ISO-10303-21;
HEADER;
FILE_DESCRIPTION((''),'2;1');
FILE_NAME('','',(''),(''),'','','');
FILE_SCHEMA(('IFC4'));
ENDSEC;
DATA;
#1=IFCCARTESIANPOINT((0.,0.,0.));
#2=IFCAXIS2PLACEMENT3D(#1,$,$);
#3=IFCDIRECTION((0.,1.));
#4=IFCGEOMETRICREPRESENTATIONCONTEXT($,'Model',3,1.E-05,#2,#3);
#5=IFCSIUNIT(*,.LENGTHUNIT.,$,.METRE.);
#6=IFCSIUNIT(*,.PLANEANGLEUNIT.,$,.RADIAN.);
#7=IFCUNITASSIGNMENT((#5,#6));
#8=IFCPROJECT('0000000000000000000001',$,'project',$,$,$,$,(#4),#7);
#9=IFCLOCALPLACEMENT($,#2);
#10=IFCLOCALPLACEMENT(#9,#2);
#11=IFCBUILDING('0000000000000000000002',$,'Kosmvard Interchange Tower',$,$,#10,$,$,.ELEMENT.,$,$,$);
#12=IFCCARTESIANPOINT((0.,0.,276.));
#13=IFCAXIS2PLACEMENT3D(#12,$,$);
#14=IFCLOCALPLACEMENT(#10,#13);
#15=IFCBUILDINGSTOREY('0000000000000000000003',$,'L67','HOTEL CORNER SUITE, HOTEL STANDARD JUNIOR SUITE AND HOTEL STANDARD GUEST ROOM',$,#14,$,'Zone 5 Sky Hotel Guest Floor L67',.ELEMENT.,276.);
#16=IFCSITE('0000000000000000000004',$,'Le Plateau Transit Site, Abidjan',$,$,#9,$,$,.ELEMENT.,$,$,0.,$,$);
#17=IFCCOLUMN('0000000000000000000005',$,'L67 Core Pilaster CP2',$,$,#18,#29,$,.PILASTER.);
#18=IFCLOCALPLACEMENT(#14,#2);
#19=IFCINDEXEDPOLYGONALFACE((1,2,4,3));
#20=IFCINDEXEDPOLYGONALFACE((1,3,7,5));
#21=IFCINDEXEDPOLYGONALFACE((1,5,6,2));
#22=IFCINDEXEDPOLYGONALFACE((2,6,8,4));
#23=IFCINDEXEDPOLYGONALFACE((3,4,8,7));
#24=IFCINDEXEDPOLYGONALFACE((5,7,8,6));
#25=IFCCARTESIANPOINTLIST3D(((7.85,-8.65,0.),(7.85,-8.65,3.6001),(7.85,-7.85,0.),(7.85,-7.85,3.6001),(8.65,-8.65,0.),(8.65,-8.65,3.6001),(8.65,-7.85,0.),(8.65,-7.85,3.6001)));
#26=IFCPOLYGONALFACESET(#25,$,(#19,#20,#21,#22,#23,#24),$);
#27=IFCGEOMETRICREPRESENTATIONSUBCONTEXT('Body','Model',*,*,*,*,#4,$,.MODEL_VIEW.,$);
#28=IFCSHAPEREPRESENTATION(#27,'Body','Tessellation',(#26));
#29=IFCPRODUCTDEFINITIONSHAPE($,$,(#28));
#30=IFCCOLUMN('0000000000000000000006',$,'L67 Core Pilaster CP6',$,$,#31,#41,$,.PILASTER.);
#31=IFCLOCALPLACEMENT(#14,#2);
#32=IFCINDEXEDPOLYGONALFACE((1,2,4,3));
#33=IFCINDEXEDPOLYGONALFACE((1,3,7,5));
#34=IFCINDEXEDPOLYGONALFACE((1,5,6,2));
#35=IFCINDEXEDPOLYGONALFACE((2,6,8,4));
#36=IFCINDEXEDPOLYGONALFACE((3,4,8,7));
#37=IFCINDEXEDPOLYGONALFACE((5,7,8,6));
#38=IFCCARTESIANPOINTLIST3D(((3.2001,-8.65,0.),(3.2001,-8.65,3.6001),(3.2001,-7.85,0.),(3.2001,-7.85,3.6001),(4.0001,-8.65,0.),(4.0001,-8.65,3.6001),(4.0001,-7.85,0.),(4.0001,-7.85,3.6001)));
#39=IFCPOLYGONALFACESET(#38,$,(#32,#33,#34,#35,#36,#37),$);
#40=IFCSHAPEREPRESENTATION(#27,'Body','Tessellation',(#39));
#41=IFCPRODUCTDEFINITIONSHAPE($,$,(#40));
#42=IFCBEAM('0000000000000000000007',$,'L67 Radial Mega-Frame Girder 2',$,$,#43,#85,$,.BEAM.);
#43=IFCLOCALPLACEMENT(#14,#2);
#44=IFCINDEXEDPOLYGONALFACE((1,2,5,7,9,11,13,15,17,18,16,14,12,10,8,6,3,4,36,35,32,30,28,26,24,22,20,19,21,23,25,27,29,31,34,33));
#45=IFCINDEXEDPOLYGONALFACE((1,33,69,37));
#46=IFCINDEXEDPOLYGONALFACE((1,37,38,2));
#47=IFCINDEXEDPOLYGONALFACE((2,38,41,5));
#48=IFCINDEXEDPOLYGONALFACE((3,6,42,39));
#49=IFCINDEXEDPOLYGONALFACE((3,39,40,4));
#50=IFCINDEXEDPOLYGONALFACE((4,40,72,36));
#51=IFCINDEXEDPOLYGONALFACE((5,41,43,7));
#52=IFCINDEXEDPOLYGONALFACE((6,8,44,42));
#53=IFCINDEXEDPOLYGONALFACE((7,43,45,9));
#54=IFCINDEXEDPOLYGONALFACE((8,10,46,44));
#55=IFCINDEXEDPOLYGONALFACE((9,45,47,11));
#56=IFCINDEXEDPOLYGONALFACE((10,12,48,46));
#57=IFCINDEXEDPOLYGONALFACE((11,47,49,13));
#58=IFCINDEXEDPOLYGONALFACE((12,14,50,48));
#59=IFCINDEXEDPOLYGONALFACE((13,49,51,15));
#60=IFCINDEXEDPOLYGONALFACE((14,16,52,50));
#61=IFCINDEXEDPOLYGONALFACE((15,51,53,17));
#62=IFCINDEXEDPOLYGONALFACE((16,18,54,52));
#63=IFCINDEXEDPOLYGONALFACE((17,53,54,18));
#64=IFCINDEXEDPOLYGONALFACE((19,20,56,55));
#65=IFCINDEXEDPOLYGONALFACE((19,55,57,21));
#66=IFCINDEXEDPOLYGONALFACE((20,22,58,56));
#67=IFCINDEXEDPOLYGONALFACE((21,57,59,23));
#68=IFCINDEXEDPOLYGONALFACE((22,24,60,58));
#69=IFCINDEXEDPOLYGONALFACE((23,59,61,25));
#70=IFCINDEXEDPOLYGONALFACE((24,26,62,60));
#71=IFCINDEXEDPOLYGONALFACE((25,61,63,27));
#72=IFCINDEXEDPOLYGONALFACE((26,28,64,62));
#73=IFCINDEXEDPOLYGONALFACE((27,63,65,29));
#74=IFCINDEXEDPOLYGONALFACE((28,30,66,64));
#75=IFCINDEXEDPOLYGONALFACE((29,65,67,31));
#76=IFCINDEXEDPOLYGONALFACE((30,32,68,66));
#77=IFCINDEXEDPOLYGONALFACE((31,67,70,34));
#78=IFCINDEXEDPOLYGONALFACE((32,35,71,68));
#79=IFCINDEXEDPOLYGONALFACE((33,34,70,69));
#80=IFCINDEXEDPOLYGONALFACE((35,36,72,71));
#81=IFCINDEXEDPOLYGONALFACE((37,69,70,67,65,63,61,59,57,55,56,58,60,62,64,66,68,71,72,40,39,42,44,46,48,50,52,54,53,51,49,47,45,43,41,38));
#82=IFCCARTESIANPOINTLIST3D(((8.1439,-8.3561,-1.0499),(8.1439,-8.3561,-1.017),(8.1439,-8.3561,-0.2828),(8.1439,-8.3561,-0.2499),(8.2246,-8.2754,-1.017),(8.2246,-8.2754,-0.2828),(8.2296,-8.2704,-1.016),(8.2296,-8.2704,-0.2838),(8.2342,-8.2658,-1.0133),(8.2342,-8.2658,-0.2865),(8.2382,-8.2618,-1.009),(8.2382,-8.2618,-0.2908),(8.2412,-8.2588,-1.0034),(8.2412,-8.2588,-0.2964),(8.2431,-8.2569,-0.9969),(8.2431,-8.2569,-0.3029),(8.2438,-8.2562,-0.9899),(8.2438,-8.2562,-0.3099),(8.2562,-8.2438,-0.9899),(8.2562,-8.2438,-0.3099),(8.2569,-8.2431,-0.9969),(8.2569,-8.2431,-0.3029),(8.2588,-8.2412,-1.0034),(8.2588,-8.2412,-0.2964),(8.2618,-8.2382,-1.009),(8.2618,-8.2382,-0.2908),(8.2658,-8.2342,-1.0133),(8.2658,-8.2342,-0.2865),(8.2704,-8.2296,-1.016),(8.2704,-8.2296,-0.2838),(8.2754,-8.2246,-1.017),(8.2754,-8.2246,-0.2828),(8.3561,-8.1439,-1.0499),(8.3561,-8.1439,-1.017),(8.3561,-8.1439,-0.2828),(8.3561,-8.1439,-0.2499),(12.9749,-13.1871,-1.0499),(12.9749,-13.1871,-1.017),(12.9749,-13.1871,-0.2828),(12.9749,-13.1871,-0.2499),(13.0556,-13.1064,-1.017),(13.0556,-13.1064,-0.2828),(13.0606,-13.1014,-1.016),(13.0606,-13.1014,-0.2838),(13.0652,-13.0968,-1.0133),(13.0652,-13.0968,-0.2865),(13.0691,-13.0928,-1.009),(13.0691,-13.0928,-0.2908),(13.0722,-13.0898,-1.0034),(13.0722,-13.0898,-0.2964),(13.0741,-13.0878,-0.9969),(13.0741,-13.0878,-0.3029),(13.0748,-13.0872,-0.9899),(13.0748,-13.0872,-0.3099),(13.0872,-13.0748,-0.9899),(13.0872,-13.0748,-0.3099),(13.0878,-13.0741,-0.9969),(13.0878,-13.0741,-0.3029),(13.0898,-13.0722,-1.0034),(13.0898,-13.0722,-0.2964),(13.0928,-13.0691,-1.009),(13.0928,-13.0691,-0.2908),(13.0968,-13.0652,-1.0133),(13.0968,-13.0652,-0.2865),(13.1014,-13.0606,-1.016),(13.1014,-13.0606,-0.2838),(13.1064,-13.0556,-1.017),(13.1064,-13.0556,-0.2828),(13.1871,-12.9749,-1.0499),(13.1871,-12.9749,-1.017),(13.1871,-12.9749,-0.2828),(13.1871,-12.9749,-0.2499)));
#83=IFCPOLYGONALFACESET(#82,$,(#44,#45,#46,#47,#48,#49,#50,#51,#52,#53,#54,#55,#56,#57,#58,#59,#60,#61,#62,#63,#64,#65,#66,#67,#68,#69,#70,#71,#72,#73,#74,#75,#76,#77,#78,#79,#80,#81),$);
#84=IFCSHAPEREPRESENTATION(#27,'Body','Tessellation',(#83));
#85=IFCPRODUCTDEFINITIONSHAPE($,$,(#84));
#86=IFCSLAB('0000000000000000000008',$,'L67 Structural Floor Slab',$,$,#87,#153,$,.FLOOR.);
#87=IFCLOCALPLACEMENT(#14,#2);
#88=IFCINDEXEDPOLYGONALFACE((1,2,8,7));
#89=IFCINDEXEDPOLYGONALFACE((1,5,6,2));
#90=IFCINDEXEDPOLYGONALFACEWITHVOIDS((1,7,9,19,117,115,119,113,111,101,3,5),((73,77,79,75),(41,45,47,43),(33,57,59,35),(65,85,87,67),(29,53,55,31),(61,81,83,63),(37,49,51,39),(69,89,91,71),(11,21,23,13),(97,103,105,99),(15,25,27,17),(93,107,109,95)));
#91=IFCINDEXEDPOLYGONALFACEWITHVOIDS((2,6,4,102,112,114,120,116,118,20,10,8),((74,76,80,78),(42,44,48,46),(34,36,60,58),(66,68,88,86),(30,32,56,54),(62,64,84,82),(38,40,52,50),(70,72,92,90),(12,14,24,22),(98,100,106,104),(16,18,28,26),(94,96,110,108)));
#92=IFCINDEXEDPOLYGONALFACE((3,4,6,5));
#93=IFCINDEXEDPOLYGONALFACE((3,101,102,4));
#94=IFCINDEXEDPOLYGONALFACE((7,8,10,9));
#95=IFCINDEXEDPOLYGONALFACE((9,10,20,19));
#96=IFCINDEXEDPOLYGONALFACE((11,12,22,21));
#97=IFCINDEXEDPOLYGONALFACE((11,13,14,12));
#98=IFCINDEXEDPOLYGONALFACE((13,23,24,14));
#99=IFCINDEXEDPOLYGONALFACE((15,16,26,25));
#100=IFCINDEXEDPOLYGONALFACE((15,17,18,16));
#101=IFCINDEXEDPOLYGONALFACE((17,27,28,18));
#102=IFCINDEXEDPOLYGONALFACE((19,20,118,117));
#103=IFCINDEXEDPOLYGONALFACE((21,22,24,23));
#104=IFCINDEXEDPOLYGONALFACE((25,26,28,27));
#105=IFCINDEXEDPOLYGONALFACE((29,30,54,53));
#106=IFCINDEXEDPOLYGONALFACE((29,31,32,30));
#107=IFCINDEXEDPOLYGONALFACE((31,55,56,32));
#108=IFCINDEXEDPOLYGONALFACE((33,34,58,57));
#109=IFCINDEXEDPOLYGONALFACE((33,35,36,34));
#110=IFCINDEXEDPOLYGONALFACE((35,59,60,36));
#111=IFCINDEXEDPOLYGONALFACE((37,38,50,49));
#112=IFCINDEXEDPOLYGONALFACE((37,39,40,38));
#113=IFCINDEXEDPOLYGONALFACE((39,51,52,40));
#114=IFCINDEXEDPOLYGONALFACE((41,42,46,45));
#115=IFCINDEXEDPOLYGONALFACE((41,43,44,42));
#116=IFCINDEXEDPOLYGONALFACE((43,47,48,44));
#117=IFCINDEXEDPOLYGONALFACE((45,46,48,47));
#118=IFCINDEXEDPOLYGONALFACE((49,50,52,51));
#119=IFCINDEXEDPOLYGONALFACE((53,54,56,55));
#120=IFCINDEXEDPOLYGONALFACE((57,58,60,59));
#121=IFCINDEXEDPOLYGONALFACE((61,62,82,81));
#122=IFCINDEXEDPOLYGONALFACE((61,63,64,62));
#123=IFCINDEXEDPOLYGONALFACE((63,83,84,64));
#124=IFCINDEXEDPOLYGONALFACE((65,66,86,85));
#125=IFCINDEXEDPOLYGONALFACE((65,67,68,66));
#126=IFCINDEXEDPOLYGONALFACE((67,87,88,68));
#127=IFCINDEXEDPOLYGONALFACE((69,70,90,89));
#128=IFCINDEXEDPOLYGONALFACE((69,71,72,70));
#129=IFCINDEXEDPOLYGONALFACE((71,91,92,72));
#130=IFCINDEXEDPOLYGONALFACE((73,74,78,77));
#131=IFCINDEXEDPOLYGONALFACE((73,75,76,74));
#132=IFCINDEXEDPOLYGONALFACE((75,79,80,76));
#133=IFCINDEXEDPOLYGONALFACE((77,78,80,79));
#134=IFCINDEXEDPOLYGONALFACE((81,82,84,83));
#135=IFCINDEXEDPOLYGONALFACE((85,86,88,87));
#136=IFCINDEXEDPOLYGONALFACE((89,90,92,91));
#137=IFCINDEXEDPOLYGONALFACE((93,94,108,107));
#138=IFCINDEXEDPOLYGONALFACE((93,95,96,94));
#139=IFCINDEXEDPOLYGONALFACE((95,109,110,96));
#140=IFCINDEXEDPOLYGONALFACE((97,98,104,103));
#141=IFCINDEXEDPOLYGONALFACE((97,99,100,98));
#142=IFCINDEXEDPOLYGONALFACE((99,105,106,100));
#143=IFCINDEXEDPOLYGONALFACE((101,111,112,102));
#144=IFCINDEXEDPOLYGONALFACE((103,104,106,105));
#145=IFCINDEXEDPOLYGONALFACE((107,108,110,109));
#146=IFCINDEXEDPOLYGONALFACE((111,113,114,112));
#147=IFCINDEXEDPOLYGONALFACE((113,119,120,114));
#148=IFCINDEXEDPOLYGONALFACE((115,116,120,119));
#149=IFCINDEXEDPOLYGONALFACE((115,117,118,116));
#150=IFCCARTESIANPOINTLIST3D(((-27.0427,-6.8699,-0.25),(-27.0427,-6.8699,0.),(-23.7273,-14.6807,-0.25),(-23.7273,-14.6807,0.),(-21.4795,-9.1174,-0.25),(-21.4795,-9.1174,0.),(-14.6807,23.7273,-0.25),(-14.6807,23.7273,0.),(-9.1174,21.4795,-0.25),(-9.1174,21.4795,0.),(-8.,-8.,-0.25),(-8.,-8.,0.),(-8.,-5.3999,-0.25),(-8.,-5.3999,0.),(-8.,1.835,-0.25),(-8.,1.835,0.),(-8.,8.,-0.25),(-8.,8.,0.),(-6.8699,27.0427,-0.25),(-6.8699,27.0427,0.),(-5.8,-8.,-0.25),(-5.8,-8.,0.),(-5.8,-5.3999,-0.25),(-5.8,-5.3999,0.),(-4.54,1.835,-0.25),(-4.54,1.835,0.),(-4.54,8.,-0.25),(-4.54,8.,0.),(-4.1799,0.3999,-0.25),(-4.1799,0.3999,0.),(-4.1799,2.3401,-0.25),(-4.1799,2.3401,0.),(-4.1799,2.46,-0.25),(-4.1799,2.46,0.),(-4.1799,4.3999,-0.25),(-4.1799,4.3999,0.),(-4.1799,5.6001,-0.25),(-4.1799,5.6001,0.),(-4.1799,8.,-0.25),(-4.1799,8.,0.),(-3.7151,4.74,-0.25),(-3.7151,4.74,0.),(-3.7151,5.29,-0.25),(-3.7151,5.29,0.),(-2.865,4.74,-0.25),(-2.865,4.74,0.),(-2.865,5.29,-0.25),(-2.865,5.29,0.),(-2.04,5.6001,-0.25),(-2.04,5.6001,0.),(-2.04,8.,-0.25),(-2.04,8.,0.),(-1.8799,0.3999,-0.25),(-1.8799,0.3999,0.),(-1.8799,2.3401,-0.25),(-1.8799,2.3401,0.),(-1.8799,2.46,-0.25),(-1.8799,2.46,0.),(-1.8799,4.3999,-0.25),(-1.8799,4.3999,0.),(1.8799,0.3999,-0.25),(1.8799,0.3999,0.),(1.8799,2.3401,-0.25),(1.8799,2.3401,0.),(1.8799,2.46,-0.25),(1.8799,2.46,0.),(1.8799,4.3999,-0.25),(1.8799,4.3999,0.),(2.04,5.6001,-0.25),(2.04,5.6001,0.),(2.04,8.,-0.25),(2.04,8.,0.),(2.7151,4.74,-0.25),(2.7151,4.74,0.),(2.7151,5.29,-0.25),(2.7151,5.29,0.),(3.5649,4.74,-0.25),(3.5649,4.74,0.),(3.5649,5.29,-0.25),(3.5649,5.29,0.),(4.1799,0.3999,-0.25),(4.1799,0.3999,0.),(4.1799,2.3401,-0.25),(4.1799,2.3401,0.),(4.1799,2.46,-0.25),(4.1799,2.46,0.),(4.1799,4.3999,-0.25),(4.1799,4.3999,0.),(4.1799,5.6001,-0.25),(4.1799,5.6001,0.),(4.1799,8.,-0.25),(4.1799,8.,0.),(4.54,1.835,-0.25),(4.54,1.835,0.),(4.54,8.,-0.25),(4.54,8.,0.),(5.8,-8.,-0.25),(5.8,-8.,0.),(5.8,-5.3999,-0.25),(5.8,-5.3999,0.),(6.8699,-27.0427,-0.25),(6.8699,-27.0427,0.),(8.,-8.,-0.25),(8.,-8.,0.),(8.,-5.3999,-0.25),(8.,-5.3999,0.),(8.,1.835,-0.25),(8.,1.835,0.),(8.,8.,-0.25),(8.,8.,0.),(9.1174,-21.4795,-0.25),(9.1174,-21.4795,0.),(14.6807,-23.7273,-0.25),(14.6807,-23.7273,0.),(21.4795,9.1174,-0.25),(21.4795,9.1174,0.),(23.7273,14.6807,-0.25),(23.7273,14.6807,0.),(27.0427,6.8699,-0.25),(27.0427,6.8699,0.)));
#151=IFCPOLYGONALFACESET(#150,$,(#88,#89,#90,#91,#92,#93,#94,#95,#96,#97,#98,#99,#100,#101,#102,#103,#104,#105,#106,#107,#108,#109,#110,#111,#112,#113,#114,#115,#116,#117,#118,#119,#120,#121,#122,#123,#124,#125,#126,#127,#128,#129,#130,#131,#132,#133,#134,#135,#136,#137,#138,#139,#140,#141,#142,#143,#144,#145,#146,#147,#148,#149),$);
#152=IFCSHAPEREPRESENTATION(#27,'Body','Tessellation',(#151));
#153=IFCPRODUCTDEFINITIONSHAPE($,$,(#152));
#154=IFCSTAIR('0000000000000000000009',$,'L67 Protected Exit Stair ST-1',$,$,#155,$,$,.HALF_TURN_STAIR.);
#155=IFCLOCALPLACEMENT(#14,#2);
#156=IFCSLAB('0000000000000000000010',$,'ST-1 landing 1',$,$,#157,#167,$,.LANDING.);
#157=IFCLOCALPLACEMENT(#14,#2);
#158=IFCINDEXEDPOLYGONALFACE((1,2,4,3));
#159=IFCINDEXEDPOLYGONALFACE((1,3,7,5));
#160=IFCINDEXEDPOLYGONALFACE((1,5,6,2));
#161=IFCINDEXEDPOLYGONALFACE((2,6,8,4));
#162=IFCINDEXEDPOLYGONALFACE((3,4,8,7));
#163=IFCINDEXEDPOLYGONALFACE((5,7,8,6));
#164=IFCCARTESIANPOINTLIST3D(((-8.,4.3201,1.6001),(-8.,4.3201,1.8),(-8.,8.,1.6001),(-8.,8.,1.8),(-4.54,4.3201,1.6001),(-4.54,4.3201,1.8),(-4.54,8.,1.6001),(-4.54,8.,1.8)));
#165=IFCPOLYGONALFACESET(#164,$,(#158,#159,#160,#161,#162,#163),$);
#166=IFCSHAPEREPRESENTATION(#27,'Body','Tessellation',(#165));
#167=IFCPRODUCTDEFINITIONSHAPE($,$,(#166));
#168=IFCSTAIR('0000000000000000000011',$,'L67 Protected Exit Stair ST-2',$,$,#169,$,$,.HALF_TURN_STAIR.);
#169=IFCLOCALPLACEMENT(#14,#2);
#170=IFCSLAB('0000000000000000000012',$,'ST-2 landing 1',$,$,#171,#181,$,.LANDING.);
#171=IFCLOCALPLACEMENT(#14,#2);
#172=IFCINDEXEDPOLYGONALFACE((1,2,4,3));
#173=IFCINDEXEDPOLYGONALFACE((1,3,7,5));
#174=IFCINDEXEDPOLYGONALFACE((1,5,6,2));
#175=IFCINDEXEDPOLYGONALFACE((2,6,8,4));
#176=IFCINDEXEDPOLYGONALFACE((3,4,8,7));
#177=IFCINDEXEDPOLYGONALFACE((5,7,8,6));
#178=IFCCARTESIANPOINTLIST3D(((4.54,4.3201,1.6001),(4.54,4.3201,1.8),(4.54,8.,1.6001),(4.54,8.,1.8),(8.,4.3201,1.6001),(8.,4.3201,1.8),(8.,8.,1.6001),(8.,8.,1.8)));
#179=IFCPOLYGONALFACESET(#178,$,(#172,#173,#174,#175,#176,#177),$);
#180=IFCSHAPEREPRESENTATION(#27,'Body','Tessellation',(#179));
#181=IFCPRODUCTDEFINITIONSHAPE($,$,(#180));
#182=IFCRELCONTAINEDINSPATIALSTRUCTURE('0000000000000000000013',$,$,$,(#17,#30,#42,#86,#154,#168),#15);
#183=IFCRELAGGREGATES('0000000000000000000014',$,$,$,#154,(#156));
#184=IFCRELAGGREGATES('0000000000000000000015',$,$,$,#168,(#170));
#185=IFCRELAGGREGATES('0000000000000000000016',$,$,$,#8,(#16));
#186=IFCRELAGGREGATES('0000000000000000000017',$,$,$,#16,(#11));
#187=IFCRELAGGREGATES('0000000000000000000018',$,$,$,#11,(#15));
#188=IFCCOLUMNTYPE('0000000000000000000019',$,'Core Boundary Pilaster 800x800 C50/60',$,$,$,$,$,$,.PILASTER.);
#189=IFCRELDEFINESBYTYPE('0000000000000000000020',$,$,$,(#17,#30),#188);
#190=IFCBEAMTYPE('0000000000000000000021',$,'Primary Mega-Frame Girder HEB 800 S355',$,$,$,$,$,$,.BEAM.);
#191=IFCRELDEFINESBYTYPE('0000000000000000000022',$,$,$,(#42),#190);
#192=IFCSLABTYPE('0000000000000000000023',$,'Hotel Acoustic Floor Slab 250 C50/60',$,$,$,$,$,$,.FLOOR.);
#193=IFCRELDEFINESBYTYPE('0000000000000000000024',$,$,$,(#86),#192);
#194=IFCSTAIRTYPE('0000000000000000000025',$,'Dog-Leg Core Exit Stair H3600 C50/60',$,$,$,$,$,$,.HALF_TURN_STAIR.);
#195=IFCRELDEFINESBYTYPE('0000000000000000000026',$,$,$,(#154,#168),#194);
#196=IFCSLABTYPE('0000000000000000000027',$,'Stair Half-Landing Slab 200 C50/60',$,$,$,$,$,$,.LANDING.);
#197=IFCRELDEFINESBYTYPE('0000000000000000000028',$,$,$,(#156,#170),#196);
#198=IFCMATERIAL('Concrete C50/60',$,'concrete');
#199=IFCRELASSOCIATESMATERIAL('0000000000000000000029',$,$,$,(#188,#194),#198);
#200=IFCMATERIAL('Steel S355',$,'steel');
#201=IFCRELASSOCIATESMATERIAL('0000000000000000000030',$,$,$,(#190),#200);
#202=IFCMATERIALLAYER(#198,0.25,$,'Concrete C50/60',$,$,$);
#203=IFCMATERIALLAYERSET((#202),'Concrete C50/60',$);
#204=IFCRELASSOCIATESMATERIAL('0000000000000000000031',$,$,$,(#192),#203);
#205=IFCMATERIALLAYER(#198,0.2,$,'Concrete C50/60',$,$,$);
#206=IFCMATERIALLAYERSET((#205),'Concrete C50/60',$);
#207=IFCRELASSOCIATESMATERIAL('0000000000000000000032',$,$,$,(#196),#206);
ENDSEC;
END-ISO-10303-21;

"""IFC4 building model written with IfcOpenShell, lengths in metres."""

from ifc_helpers import new_model, si_unit, direction, frame, origin, origin_2d, place, context, subcontext, project, spatial, polyline, rectangle, i_section, outline, extrude, source, transform, mapped, material, layer, layer_set, material_profile, profile_set, type_object, element, aggregate, save


model = new_model("IFC4")

# Units and contexts
model_context = context("Model", 3, precision=1e-05, world=origin(), true_north=direction((0.0, 1.0)))
body_context = subcontext(model_context, "Body", "Model", "MODEL_VIEW")
ifc_project = project(units=[si_unit("LENGTHUNIT", "METRE"), si_unit("PLANEANGLEUNIT", "RADIAN")], contexts=[model_context])

# Site, building, storey
site_placement = place(None, origin())
site = spatial("IfcSite", under=ifc_project, at=site_placement, Name="Le Plateau Transit Site, Abidjan", CompositionType="ELEMENT", RefElevation=0.0)
building_placement = place(site_placement, origin())
building = spatial("IfcBuilding", under=site, at=building_placement, Name="Kosmvard Interchange Tower", CompositionType="ELEMENT")
storey_placement = place(building_placement, frame((0.0, 0.0, 276.0)))
storey = spatial("IfcBuildingStorey", under=building, at=storey_placement, Name="L67", Description="HOTEL CORNER SUITE, HOTEL STANDARD JUNIOR SUITE AND HOTEL STANDARD GUEST ROOM", LongName="Zone 5 Sky Hotel Guest Floor L67", CompositionType="ELEMENT", Elevation=276.0)

# Columns
ifc_material_1 = material(Name="Concrete C50/60", Category="concrete")
ifc_material_profile_1 = material_profile(ifc_material_1, rectangle(XDim=0.8, YDim=0.8, at=origin_2d()), Name="CP 800x800")
ifc_profile_set_1 = profile_set([ifc_material_profile_1], Name="Concrete C50/60")
column_type = type_object("IfcColumnType", Name="Core Boundary Pilaster 800x800 C50/60", PredefinedType="PILASTER", material=ifc_profile_set_1)
shared_shape_1 = source(origin(), body_context, "Body", "SweptSolid", [
    extrude(rectangle(XDim=0.8, YDim=0.8, at=origin_2d()), origin(), (0.0, 0.0, 1.0), 3.6001),
])
for number, where, z_axis, x_axis, name in (
    (1, (8.25, -8.25, 0.0), (0.0, 0.0, 1.0), (1.0, 0.0, 0.0), "L67 Core Pilaster CP2"),
    (2, (3.6001, -8.25, 0.0), (0.0, 0.0, 1.0), (1.0, 0.0, 0.0), "L67 Core Pilaster CP6"),
):
    element("IfcColumn", number, at=place(storey_placement, frame(where, z_axis=z_axis, x_axis=x_axis)), inside=storey, type_object=column_type, Name=name, PredefinedType="PILASTER", context=body_context, shape_type="MappedRepresentation", body=[
        mapped(shared_shape_1, transform((0.0, 0.0, 0.0), scale=1.0)),
    ])

# Beam
ifc_material_2 = material(Name="Steel S355", Category="steel")
ifc_material_profile_2 = material_profile(ifc_material_2, i_section(OverallWidth=0.3, OverallDepth=0.8, WebThickness=0.0176, FlangeThickness=0.033, FilletRadius=0.0271, at=origin_2d()), Name="HEB 800")
ifc_profile_set_2 = profile_set([ifc_material_profile_2], Name="Steel S355")
beam_type = type_object("IfcBeamType", Name="Primary Mega-Frame Girder HEB 800 S355", PredefinedType="BEAM", material=ifc_profile_set_2)
shared_shape_2 = source(origin(), body_context, "Body", "SweptSolid", [
    extrude(i_section(OverallWidth=0.3, OverallDepth=0.8, WebThickness=0.0176, FlangeThickness=0.033, FilletRadius=0.0271, at=origin_2d()), origin(), (0.0, 0.0, 1.0), 6.832),
])
beam_placement = place(storey_placement, frame((8.25, -8.25, -0.6499), z_axis=(0.707107, -0.707107, 0.0), x_axis=(0.707107, 0.707107, 0.0)))
element("IfcBeam", 3, at=beam_placement, inside=storey, type_object=beam_type, Name="L67 Radial Mega-Frame Girder 2", PredefinedType="BEAM", context=body_context, shape_type="MappedRepresentation", body=[
    mapped(shared_shape_2, transform((0.0, 0.0, 0.0), scale=1.0)),
])

# Slab
ifc_layer_1 = layer(ifc_material_1, 0.25, Name="Concrete C50/60")
ifc_layer_set_1 = layer_set([ifc_layer_1], Name="Concrete C50/60")
slab_type_1 = type_object("IfcSlabType", Name="Hotel Acoustic Floor Slab 250 C50/60", PredefinedType="FLOOR", material=ifc_layer_set_1)
slab_1_placement = place(storey_placement, frame((0.0, 0.0, -0.25)))
element("IfcSlab", 4, at=slab_1_placement, inside=storey, type_object=slab_type_1, Name="L67 Structural Floor Slab", PredefinedType="FLOOR", context=body_context, shape_type="SweptSolid", body=[
    extrude(outline(polyline([(14.6807, -23.7273), (27.0427, 6.8699), (21.4795, 9.1174), (23.7273, 14.6807), (-6.8699, 27.0427), (-9.1174, 21.4795), (-14.6807, 23.7273), (-27.0427, -6.8699), (-21.4795, -9.1174), (-23.7273, -14.6807), (6.8699, -27.0427), (9.1174, -21.4795), (14.6807, -23.7273)]), holes=[polyline([(-8.0, 1.835), (-4.54, 1.835), (-4.54, 8.0), (-8.0, 8.0), (-8.0, 1.835)]), polyline([(4.54, 1.835), (8.0, 1.835), (8.0, 8.0), (4.54, 8.0), (4.54, 1.835)]), polyline([(-8.0, -8.0), (-5.8, -8.0), (-5.8, -5.3999), (-8.0, -5.3999), (-8.0, -8.0)]), polyline([(5.8, -8.0), (8.0, -8.0), (8.0, -5.3999), (5.8, -5.3999), (5.8, -8.0)]), polyline([(-4.1799, 0.3999), (-1.8799, 0.3999), (-1.8799, 2.3401), (-4.1799, 2.3401), (-4.1799, 0.3999)]), polyline([(-4.1799, 2.46), (-1.8799, 2.46), (-1.8799, 4.3999), (-4.1799, 4.3999), (-4.1799, 2.46)]), polyline([(1.8799, 0.3999), (4.1799, 0.3999), (4.1799, 2.3401), (1.8799, 2.3401), (1.8799, 0.3999)]), polyline([(1.8799, 2.46), (4.1799, 2.46), (4.1799, 4.3999), (1.8799, 4.3999), (1.8799, 2.46)]), polyline([(-4.1799, 5.6001), (-2.04, 5.6001), (-2.04, 8.0), (-4.1799, 8.0), (-4.1799, 5.6001)]), polyline([(2.04, 5.6001), (4.1799, 5.6001), (4.1799, 8.0), (2.04, 8.0), (2.04, 5.6001)]), polyline([(-3.7151, 4.74), (-2.865, 4.74), (-2.865, 5.29), (-3.7151, 5.29), (-3.7151, 4.74)]), polyline([(2.7151, 4.74), (3.5649, 4.74), (3.5649, 5.29), (2.7151, 5.29), (2.7151, 4.74)])]), origin(), (0.0, 0.0, 1.0), 0.25),
])

# Stairs, slabs
stair_type = type_object("IfcStairType", Name="Dog-Leg Core Exit Stair H3600 C50/60", PredefinedType="HALF_TURN_STAIR", material=ifc_material_1)
stair_1_placement = place(storey_placement, origin())
stair_1 = element("IfcStair", 5, at=stair_1_placement, inside=storey, type_object=stair_type, Name="L67 Protected Exit Stair ST-1", PredefinedType="HALF_TURN_STAIR")
ifc_layer_2 = layer(ifc_material_1, 0.2, Name="Concrete C50/60")
ifc_layer_set_2 = layer_set([ifc_layer_2], Name="Concrete C50/60")
slab_type_2 = type_object("IfcSlabType", Name="Stair Half-Landing Slab 200 C50/60", PredefinedType="LANDING", material=ifc_layer_set_2)
slab_2_placement = place(storey_placement, frame((0.0, 0.0, 1.6001)))
slab_2 = element("IfcSlab", 6, at=slab_2_placement, type_object=slab_type_2, Name="ST-1 landing 1", PredefinedType="LANDING", context=body_context, shape_type="SweptSolid", body=[
    extrude(outline(polyline([(-4.54, 4.3201), (-4.54, 8.0), (-8.0, 8.0), (-8.0, 4.3201), (-4.54, 4.3201)])), origin(), (0.0, 0.0, 1.0), 0.2),
])
aggregate(stair_1, [slab_2])
stair_2_placement = place(storey_placement, origin())
stair_2 = element("IfcStair", 7, at=stair_2_placement, inside=storey, type_object=stair_type, Name="L67 Protected Exit Stair ST-2", PredefinedType="HALF_TURN_STAIR")
slab_3_placement = place(storey_placement, frame((0.0, 0.0, 1.6001)))
slab_3 = element("IfcSlab", 8, at=slab_3_placement, type_object=slab_type_2, Name="ST-2 landing 1", PredefinedType="LANDING", context=body_context, shape_type="SweptSolid", body=[
    extrude(outline(polyline([(8.0, 4.3201), (8.0, 8.0), (4.54, 8.0), (4.54, 4.3201), (8.0, 4.3201)])), origin(), (0.0, 0.0, 1.0), 0.2),
])
aggregate(stair_2, [slab_3])

save(model, "model.ifc")
